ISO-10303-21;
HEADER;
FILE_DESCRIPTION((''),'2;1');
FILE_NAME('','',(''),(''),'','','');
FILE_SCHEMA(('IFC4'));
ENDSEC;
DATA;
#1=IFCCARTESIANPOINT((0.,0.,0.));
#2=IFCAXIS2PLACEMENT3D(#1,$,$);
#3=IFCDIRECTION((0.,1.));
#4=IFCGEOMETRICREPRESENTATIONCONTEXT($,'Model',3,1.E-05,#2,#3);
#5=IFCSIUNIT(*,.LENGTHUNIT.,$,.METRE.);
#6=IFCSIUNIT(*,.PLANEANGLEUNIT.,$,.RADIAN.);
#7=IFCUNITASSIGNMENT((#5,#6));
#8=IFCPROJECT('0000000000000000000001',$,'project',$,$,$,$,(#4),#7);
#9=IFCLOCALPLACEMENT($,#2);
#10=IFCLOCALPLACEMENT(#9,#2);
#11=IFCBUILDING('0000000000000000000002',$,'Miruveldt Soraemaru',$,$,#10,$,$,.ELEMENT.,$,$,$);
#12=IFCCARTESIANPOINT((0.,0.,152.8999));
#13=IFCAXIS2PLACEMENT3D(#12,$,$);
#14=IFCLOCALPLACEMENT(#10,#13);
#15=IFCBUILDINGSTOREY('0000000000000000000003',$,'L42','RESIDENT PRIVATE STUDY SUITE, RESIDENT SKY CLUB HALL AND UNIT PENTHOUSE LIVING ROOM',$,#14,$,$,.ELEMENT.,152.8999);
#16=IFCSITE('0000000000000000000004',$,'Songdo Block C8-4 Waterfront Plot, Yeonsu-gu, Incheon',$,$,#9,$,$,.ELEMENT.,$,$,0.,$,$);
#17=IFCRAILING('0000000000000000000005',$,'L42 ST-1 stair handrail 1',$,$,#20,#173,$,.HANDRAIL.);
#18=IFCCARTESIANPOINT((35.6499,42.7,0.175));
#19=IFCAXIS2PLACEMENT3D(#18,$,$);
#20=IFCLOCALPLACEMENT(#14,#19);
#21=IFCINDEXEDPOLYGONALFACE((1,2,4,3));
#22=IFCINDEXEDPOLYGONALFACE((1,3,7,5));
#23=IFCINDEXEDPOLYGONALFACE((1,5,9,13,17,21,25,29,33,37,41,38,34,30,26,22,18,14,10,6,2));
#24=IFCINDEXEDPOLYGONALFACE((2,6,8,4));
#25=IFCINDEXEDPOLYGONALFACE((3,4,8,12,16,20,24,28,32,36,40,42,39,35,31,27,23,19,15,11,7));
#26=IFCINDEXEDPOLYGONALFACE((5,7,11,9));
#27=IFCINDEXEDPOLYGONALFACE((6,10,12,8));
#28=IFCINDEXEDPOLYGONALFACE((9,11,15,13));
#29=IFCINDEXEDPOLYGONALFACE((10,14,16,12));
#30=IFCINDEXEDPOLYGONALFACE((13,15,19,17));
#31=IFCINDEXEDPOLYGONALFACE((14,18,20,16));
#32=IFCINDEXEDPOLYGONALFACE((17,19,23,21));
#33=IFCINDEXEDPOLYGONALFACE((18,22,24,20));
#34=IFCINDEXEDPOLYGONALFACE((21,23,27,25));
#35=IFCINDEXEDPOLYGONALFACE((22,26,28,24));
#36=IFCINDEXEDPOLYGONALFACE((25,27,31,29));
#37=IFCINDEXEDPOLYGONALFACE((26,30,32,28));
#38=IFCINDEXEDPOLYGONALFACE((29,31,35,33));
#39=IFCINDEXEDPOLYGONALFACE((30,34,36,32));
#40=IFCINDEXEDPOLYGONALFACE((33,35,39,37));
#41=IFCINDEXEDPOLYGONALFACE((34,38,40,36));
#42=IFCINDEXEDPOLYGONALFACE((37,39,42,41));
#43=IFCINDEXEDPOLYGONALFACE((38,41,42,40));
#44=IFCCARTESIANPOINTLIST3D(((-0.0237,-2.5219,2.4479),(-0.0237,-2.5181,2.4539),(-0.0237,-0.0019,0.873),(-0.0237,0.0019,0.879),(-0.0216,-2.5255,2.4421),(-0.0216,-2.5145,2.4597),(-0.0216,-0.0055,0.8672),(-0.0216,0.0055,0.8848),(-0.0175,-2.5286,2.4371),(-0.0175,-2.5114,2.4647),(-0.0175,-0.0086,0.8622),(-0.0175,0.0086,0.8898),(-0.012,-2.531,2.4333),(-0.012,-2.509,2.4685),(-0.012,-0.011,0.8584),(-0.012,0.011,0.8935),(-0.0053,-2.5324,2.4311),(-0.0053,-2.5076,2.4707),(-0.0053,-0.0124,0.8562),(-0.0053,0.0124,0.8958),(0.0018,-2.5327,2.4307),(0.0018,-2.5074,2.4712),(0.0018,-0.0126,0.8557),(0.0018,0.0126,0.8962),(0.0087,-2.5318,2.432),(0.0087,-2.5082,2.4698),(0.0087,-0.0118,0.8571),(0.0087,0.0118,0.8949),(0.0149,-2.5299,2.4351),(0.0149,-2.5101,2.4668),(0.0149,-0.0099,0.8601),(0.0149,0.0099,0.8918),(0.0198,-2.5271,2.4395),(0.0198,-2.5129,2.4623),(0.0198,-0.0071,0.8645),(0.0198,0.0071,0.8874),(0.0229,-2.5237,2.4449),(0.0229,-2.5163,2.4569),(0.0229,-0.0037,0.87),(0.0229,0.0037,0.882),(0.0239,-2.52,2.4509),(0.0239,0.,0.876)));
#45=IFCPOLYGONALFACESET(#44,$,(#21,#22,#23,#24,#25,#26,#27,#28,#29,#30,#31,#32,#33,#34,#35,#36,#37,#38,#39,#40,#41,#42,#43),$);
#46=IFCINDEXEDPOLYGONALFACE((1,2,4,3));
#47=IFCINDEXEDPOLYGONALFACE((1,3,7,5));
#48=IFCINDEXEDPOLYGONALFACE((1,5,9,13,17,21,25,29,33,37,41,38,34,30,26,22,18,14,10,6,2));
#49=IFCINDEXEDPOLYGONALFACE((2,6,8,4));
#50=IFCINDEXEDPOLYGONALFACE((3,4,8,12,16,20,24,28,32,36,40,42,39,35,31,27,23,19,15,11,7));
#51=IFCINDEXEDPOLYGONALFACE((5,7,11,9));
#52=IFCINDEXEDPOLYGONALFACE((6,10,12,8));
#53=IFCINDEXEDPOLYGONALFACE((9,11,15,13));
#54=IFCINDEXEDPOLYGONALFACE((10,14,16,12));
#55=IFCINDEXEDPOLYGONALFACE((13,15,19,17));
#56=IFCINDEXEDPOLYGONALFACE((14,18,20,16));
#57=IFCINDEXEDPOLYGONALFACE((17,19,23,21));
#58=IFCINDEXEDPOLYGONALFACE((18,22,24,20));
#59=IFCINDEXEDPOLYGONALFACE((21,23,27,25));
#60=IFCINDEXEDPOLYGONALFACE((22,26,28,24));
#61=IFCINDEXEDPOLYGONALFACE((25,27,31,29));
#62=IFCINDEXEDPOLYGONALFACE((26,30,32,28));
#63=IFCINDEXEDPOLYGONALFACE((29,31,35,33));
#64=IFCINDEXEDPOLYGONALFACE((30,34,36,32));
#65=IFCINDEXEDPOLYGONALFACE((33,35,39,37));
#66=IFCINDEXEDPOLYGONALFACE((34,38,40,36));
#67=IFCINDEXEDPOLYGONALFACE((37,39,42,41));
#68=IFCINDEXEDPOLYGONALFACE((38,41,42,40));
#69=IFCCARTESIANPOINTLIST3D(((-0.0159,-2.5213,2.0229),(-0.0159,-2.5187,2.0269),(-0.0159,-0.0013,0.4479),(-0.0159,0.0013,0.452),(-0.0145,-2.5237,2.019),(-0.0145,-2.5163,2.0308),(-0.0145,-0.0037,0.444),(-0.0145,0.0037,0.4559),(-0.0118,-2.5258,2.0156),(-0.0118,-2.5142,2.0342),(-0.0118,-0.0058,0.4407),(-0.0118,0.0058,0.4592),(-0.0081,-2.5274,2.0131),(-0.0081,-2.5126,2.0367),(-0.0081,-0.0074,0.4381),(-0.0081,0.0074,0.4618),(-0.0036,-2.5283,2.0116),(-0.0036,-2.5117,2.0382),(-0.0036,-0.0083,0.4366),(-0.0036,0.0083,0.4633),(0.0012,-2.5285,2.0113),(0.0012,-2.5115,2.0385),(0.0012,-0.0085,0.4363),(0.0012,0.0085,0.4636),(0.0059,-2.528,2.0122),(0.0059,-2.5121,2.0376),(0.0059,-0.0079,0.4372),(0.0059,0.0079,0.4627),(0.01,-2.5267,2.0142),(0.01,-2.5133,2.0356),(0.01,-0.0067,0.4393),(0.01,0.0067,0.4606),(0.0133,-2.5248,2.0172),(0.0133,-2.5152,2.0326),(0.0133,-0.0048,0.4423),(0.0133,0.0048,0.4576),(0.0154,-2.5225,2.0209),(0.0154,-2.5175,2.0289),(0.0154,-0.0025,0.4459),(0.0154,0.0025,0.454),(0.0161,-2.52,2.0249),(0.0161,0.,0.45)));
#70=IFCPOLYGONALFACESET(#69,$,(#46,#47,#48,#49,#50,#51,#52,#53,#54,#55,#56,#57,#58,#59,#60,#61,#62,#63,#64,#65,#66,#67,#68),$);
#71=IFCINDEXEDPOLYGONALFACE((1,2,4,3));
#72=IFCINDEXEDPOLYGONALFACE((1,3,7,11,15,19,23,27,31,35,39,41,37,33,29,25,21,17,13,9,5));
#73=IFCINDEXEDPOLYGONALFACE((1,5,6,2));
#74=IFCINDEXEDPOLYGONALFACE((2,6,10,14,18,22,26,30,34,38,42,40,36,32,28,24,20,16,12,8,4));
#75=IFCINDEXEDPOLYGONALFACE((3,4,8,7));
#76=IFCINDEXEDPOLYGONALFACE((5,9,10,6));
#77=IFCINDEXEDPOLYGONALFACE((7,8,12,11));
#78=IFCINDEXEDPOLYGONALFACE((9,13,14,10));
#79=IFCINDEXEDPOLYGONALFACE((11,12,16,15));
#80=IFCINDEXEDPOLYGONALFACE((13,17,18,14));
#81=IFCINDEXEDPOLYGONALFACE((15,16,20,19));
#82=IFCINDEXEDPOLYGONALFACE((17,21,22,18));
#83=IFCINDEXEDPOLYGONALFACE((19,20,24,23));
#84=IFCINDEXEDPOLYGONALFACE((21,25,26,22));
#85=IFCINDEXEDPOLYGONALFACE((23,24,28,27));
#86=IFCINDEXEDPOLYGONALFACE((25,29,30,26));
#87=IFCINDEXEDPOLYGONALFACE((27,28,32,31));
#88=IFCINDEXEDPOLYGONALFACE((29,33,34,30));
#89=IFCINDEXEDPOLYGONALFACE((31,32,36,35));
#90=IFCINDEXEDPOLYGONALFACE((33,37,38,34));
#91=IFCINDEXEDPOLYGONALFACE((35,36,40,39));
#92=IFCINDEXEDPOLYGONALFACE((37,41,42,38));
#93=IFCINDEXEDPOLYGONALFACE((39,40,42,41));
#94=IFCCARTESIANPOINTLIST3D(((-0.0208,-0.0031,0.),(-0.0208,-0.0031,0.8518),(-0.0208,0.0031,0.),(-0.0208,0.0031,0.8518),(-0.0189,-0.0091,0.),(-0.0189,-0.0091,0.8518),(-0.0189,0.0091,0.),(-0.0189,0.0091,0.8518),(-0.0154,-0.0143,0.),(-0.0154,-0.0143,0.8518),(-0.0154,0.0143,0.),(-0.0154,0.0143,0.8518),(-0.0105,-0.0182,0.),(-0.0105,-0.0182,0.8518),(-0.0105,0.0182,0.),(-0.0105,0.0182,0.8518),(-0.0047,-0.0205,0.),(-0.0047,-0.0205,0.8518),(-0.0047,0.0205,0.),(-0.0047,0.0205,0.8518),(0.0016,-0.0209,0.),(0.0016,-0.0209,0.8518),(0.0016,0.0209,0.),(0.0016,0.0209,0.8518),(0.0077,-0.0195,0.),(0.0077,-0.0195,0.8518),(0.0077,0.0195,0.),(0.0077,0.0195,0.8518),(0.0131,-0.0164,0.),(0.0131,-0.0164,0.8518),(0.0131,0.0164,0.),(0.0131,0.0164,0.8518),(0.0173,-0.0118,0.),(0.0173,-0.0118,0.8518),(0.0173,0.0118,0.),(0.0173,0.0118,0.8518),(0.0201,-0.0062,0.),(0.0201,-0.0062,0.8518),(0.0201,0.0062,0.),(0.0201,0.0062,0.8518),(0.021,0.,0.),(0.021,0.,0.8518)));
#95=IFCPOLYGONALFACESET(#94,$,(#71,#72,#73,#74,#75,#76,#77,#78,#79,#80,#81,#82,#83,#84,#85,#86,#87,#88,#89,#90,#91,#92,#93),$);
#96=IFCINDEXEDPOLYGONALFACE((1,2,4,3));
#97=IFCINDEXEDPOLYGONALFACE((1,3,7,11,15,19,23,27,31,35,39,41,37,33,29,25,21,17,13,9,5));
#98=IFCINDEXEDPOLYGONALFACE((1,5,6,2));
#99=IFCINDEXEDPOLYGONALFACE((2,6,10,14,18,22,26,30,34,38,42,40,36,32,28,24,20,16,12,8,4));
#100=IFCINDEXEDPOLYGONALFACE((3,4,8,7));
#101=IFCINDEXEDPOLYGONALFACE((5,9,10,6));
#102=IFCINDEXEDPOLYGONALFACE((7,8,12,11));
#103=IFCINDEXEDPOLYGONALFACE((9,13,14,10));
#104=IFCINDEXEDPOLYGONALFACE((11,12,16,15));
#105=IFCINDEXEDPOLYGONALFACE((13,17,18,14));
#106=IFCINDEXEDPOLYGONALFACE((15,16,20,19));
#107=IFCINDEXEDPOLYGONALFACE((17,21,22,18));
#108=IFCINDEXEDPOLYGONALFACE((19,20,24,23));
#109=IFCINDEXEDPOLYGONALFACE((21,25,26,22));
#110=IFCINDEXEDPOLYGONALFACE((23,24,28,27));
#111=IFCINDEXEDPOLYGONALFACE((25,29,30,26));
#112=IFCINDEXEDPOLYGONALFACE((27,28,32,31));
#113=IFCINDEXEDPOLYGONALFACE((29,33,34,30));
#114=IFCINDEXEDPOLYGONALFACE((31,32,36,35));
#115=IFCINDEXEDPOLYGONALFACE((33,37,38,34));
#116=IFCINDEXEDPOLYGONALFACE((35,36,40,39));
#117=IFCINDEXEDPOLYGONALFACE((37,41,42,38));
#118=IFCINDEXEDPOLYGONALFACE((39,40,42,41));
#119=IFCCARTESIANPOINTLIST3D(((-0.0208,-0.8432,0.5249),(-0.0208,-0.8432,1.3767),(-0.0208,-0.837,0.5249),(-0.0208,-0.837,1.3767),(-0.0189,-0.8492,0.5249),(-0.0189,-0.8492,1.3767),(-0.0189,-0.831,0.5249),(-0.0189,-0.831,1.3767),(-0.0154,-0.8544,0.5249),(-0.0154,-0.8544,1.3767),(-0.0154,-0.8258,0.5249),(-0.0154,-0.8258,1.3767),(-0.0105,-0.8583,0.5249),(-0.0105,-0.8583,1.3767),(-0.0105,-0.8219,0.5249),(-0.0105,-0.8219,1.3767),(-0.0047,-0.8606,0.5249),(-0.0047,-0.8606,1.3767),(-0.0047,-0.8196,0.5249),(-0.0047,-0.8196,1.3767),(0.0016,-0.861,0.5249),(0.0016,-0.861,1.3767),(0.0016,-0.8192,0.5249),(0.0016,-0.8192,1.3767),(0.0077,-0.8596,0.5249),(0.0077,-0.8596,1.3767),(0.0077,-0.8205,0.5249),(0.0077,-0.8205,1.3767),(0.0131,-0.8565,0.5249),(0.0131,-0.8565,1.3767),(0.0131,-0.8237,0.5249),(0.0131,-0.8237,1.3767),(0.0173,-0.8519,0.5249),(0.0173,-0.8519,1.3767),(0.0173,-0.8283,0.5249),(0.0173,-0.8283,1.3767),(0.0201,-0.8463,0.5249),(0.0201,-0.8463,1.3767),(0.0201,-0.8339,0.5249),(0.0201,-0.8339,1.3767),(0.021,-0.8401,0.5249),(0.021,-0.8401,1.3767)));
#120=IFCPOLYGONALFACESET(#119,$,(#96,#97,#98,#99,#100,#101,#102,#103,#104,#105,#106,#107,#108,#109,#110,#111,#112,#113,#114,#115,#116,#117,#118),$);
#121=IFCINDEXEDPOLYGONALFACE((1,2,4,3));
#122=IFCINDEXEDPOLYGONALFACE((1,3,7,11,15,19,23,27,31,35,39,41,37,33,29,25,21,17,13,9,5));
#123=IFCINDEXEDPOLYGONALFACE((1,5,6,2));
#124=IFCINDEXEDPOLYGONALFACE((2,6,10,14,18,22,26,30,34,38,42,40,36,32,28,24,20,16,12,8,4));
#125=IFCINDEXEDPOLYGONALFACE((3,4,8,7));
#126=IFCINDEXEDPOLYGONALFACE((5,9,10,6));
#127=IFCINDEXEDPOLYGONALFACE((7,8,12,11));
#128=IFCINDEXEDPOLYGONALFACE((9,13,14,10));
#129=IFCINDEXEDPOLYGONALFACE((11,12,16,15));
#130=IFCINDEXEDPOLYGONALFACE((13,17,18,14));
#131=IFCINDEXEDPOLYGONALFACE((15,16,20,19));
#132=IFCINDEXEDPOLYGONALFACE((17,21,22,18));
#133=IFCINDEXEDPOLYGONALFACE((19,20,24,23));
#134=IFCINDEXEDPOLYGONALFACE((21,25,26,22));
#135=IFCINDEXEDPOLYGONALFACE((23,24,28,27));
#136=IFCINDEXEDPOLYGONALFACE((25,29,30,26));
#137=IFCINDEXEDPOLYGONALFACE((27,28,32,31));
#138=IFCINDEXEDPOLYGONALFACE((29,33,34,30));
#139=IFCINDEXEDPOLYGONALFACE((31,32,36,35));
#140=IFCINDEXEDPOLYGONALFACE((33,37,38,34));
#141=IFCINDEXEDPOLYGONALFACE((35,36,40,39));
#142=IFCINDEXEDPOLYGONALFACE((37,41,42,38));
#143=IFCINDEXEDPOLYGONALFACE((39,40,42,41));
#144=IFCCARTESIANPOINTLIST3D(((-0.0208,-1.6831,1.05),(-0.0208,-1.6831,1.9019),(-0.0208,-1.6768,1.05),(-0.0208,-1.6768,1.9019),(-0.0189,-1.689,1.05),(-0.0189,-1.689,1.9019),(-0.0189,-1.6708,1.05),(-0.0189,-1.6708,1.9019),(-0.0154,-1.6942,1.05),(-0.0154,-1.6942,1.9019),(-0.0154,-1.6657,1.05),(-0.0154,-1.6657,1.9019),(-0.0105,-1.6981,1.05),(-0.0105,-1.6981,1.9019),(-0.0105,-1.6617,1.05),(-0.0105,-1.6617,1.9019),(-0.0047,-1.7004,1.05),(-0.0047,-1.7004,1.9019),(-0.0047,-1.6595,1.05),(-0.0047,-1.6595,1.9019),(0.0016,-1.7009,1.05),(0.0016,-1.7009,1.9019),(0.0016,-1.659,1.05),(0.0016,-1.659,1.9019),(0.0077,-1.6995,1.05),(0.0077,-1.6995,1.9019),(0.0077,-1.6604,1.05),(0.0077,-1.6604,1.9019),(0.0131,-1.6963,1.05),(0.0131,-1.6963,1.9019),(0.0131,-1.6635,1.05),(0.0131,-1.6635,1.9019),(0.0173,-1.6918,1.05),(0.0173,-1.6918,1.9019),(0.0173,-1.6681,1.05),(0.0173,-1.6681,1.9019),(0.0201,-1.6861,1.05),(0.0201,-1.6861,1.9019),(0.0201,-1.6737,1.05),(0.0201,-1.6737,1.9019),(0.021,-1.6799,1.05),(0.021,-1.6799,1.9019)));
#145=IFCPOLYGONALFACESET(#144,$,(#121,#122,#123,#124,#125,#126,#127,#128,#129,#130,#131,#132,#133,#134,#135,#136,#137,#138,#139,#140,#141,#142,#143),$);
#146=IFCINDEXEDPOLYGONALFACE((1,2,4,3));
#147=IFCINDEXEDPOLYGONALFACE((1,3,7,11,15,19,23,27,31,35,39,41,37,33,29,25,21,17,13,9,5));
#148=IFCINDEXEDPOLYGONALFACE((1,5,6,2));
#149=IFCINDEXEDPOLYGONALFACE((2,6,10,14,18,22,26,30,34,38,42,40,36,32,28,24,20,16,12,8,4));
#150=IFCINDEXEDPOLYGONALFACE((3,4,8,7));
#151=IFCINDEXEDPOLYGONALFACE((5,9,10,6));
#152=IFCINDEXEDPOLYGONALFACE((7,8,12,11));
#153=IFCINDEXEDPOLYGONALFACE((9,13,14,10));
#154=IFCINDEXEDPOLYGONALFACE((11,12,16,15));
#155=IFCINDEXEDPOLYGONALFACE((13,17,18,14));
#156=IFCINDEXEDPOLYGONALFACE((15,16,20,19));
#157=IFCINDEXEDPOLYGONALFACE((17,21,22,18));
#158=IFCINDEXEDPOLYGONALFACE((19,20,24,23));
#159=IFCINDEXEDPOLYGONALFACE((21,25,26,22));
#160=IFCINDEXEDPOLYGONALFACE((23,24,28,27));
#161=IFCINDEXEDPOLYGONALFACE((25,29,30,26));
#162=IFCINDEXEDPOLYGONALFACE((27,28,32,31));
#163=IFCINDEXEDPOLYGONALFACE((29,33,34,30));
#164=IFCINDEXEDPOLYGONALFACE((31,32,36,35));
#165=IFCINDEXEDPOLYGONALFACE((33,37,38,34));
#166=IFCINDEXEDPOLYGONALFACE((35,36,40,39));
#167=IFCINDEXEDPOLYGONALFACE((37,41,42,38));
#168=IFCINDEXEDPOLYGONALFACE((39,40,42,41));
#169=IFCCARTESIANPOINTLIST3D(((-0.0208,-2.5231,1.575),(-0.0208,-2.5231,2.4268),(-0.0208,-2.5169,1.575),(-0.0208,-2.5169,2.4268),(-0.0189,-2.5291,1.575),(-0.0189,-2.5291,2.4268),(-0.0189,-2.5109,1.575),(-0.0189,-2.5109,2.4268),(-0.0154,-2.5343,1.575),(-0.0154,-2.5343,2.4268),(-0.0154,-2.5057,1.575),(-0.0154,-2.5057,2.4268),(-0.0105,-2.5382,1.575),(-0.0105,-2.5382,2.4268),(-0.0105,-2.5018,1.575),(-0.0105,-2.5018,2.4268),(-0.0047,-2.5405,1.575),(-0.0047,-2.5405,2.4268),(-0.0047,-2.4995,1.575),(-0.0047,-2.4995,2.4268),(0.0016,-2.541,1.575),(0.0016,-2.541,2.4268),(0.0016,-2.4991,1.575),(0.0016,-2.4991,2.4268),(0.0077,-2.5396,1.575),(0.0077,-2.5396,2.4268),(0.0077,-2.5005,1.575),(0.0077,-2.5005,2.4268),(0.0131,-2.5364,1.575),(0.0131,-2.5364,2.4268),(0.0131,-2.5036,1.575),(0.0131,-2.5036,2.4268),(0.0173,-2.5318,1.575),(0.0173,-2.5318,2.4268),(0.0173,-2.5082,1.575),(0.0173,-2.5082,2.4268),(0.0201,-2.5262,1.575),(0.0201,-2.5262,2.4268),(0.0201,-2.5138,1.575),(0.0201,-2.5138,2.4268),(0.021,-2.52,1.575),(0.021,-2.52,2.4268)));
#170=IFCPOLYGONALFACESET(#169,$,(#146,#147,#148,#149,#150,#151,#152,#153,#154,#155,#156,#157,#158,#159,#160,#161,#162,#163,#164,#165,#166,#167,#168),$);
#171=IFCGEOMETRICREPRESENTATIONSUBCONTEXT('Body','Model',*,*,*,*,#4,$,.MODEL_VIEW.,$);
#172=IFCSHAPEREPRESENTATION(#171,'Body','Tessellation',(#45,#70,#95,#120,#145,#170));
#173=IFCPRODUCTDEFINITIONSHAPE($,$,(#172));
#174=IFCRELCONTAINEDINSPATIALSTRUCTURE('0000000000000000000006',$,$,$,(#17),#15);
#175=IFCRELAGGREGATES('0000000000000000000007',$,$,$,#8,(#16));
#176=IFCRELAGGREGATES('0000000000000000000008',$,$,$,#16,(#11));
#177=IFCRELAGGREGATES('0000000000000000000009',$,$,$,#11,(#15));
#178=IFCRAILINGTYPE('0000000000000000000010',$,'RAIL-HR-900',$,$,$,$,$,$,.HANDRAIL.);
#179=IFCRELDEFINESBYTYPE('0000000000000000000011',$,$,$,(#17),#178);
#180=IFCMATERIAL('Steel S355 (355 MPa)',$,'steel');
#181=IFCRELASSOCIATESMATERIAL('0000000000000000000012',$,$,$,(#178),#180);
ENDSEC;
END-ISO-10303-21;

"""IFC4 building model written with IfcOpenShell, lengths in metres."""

from ifc_helpers import new_model, si_unit, direction, frame, origin, origin_2d, place, context, subcontext, project, spatial, circle, extrude, material, type_object, element, save


model = new_model("IFC4")

# Units and contexts
model_context = context("Model", 3, precision=1e-05, world=origin(), true_north=direction((0.0, 1.0)))
body_context = subcontext(model_context, "Body", "Model", "MODEL_VIEW")
ifc_project = project(units=[si_unit("LENGTHUNIT", "METRE"), si_unit("PLANEANGLEUNIT", "RADIAN")], contexts=[model_context])

# Site, building, storey
site_placement = place(None, origin())
site = spatial("IfcSite", under=ifc_project, at=site_placement, Name="Songdo Block C8-4 Waterfront Plot, Yeonsu-gu, Incheon", CompositionType="ELEMENT", RefElevation=0.0)
building_placement = place(site_placement, origin())
building = spatial("IfcBuilding", under=site, at=building_placement, Name="Miruveldt Soraemaru", CompositionType="ELEMENT")
storey_placement = place(building_placement, frame((0.0, 0.0, 152.8999)))
storey = spatial("IfcBuildingStorey", under=building, at=storey_placement, Name="L42", Description="RESIDENT PRIVATE STUDY SUITE, RESIDENT SKY CLUB HALL AND UNIT PENTHOUSE LIVING ROOM", CompositionType="ELEMENT", Elevation=152.8999)

# Railing
ifc_material_1 = material(Name="Steel S355 (355 MPa)", Category="steel")
railing_type = type_object("IfcRailingType", Name="RAIL-HR-900", PredefinedType="HANDRAIL", material=ifc_material_1)
railing_placement = place(storey_placement, frame((35.6499, 42.7, 0.175)))
element("IfcRailing", 1, at=railing_placement, inside=storey, type_object=railing_type, Name="L42 ST-1 stair handrail 1", PredefinedType="HANDRAIL", context=body_context, shape_type="SweptSolid", body=[
    extrude(circle(Radius=0.0239, at=origin_2d()), frame((0.0, 0.0, 0.876), z_axis=(0.0, -0.848008, 0.529984), x_axis=(1.0, 0.0, 0.0)), (0.0, 0.0, 1.0), 2.9717),
    extrude(circle(Radius=0.0161, at=origin_2d()), frame((0.0, 0.0, 0.45), z_axis=(0.0, -0.848008, 0.529984), x_axis=(1.0, 0.0, 0.0)), (0.0, 0.0, 1.0), 2.9717),
    extrude(circle(Radius=0.021, at=origin_2d()), origin(), (0.0, 0.0, 1.0), 0.8518),
    extrude(circle(Radius=0.021, at=origin_2d()), frame((0.0, -0.8401, 0.5249)), (0.0, 0.0, 1.0), 0.8518),
    extrude(circle(Radius=0.021, at=origin_2d()), frame((0.0, -1.6799, 1.05)), (0.0, 0.0, 1.0), 0.8518),
    extrude(circle(Radius=0.021, at=origin_2d()), frame((0.0, -2.52, 1.575)), (0.0, 0.0, 1.0), 0.8518),
])

save(model, "model.ifc")
